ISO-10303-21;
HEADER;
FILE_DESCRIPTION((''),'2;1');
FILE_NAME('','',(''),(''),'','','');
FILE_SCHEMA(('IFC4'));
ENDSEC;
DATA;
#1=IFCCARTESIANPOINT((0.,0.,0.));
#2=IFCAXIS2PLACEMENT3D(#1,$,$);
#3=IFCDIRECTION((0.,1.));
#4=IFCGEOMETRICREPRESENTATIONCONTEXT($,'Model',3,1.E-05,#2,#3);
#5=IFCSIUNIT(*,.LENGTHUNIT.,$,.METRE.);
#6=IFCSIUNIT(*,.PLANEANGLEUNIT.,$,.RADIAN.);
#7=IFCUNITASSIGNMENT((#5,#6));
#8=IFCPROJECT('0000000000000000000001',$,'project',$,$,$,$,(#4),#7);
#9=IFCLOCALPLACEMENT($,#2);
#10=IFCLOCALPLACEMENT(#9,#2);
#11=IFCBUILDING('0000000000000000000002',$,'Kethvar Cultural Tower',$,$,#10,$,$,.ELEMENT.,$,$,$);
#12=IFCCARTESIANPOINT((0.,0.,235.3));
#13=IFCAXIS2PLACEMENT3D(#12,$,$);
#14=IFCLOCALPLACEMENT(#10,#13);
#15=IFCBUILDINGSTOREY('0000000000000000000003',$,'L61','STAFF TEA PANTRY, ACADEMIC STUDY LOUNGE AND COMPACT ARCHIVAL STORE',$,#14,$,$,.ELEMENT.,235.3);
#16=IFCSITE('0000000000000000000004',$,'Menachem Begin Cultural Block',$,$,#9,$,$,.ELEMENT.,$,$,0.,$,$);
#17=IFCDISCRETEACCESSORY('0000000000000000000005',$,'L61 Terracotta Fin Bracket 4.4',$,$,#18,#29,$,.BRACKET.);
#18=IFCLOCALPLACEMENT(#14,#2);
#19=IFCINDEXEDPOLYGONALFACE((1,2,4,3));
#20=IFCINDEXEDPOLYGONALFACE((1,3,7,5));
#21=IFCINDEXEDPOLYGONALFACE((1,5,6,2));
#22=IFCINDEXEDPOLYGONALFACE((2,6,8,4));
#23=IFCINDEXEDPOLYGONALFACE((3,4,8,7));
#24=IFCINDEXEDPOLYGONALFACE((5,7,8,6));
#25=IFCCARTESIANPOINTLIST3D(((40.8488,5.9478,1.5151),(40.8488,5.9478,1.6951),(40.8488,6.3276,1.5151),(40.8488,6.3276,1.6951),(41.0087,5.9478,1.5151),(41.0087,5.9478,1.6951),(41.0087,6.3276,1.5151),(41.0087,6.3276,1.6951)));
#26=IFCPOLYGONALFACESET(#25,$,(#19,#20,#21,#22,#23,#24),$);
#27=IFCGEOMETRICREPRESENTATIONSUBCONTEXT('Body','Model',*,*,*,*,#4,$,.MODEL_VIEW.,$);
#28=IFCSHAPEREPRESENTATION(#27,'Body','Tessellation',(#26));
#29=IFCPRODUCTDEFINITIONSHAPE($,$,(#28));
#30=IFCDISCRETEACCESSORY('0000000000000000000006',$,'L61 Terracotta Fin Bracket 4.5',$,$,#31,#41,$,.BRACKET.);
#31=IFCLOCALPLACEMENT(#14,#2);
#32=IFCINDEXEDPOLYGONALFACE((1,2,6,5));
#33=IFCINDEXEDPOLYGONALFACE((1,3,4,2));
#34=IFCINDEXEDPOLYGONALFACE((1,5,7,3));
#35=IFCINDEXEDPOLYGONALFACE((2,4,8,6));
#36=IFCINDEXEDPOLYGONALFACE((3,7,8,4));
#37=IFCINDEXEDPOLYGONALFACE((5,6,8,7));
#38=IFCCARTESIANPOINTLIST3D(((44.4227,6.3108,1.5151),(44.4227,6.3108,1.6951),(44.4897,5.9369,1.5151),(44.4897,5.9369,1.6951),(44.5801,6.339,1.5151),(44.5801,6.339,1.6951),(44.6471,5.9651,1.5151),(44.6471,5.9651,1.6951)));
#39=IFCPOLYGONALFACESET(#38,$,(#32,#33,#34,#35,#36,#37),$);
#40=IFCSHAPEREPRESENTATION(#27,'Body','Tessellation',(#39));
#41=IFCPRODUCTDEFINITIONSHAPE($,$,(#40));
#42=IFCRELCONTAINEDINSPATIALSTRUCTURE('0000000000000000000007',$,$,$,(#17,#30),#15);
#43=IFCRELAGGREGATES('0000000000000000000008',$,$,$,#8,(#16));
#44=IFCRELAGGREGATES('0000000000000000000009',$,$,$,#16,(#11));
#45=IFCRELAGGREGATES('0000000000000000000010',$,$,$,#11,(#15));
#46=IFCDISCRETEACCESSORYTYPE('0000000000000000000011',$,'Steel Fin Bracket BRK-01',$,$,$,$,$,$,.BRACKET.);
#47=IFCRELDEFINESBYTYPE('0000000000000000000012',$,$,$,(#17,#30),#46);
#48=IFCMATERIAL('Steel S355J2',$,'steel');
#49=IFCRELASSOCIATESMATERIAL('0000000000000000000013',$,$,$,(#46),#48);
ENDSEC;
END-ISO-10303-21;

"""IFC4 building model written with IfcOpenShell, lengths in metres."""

from ifc_helpers import new_model, si_unit, direction, frame, origin, origin_2d, place, context, subcontext, project, spatial, rectangle, extrude, source, transform, mapped, material, type_object, element, save


model = new_model("IFC4")

# Units and contexts
model_context = context("Model", 3, precision=1e-05, world=origin(), true_north=direction((0.0, 1.0)))
body_context = subcontext(model_context, "Body", "Model", "MODEL_VIEW")
ifc_project = project(units=[si_unit("LENGTHUNIT", "METRE"), si_unit("PLANEANGLEUNIT", "RADIAN")], contexts=[model_context])

# Site, building, storey
site_placement = place(None, origin())
site = spatial("IfcSite", under=ifc_project, at=site_placement, Name="Menachem Begin Cultural Block", CompositionType="ELEMENT", RefElevation=0.0)
building_placement = place(site_placement, origin())
building = spatial("IfcBuilding", under=site, at=building_placement, Name="Kethvar Cultural Tower", CompositionType="ELEMENT")
storey_placement = place(building_placement, frame((0.0, 0.0, 235.3)))
storey = spatial("IfcBuildingStorey", under=building, at=storey_placement, Name="L61", Description="STAFF TEA PANTRY, ACADEMIC STUDY LOUNGE AND COMPACT ARCHIVAL STORE", CompositionType="ELEMENT", Elevation=235.3)

# Shared definitions
ifc_material_1 = material(Name="Steel S355J2", Category="steel")

# Discrete accessories
discrete_accessory_type = type_object("IfcDiscreteAccessoryType", Name="Steel Fin Bracket BRK-01", PredefinedType="BRACKET", material=ifc_material_1)
shared_shape_1 = source(origin(), body_context, "Body", "SweptSolid", [
    extrude(rectangle(XDim=0.3799, YDim=0.1599, at=origin_2d()), origin(), (0.0, 0.0, 1.0), 0.1799),
])
for number, where, z_axis, x_axis, name in (
    (1, (40.9287, 6.1377, 1.5151), (0.0, 0.0, 1.0), (0.0, -1.0, 0.0), "L61 Terracotta Fin Bracket 4.4"),
    (2, (44.5349, 6.1379, 1.5151), (0.0, 0.0, 1.0), (0.176398, -0.984319, 0.0), "L61 Terracotta Fin Bracket 4.5"),
):
    element("IfcDiscreteAccessory", number, at=place(storey_placement, frame(where, z_axis=z_axis, x_axis=x_axis)), inside=storey, type_object=discrete_accessory_type, Name=name, PredefinedType="BRACKET", context=body_context, shape_type="MappedRepresentation", body=[
        mapped(shared_shape_1, transform((0.0, 0.0, 0.0), scale=1.0)),
    ])

save(model, "model.ifc")
